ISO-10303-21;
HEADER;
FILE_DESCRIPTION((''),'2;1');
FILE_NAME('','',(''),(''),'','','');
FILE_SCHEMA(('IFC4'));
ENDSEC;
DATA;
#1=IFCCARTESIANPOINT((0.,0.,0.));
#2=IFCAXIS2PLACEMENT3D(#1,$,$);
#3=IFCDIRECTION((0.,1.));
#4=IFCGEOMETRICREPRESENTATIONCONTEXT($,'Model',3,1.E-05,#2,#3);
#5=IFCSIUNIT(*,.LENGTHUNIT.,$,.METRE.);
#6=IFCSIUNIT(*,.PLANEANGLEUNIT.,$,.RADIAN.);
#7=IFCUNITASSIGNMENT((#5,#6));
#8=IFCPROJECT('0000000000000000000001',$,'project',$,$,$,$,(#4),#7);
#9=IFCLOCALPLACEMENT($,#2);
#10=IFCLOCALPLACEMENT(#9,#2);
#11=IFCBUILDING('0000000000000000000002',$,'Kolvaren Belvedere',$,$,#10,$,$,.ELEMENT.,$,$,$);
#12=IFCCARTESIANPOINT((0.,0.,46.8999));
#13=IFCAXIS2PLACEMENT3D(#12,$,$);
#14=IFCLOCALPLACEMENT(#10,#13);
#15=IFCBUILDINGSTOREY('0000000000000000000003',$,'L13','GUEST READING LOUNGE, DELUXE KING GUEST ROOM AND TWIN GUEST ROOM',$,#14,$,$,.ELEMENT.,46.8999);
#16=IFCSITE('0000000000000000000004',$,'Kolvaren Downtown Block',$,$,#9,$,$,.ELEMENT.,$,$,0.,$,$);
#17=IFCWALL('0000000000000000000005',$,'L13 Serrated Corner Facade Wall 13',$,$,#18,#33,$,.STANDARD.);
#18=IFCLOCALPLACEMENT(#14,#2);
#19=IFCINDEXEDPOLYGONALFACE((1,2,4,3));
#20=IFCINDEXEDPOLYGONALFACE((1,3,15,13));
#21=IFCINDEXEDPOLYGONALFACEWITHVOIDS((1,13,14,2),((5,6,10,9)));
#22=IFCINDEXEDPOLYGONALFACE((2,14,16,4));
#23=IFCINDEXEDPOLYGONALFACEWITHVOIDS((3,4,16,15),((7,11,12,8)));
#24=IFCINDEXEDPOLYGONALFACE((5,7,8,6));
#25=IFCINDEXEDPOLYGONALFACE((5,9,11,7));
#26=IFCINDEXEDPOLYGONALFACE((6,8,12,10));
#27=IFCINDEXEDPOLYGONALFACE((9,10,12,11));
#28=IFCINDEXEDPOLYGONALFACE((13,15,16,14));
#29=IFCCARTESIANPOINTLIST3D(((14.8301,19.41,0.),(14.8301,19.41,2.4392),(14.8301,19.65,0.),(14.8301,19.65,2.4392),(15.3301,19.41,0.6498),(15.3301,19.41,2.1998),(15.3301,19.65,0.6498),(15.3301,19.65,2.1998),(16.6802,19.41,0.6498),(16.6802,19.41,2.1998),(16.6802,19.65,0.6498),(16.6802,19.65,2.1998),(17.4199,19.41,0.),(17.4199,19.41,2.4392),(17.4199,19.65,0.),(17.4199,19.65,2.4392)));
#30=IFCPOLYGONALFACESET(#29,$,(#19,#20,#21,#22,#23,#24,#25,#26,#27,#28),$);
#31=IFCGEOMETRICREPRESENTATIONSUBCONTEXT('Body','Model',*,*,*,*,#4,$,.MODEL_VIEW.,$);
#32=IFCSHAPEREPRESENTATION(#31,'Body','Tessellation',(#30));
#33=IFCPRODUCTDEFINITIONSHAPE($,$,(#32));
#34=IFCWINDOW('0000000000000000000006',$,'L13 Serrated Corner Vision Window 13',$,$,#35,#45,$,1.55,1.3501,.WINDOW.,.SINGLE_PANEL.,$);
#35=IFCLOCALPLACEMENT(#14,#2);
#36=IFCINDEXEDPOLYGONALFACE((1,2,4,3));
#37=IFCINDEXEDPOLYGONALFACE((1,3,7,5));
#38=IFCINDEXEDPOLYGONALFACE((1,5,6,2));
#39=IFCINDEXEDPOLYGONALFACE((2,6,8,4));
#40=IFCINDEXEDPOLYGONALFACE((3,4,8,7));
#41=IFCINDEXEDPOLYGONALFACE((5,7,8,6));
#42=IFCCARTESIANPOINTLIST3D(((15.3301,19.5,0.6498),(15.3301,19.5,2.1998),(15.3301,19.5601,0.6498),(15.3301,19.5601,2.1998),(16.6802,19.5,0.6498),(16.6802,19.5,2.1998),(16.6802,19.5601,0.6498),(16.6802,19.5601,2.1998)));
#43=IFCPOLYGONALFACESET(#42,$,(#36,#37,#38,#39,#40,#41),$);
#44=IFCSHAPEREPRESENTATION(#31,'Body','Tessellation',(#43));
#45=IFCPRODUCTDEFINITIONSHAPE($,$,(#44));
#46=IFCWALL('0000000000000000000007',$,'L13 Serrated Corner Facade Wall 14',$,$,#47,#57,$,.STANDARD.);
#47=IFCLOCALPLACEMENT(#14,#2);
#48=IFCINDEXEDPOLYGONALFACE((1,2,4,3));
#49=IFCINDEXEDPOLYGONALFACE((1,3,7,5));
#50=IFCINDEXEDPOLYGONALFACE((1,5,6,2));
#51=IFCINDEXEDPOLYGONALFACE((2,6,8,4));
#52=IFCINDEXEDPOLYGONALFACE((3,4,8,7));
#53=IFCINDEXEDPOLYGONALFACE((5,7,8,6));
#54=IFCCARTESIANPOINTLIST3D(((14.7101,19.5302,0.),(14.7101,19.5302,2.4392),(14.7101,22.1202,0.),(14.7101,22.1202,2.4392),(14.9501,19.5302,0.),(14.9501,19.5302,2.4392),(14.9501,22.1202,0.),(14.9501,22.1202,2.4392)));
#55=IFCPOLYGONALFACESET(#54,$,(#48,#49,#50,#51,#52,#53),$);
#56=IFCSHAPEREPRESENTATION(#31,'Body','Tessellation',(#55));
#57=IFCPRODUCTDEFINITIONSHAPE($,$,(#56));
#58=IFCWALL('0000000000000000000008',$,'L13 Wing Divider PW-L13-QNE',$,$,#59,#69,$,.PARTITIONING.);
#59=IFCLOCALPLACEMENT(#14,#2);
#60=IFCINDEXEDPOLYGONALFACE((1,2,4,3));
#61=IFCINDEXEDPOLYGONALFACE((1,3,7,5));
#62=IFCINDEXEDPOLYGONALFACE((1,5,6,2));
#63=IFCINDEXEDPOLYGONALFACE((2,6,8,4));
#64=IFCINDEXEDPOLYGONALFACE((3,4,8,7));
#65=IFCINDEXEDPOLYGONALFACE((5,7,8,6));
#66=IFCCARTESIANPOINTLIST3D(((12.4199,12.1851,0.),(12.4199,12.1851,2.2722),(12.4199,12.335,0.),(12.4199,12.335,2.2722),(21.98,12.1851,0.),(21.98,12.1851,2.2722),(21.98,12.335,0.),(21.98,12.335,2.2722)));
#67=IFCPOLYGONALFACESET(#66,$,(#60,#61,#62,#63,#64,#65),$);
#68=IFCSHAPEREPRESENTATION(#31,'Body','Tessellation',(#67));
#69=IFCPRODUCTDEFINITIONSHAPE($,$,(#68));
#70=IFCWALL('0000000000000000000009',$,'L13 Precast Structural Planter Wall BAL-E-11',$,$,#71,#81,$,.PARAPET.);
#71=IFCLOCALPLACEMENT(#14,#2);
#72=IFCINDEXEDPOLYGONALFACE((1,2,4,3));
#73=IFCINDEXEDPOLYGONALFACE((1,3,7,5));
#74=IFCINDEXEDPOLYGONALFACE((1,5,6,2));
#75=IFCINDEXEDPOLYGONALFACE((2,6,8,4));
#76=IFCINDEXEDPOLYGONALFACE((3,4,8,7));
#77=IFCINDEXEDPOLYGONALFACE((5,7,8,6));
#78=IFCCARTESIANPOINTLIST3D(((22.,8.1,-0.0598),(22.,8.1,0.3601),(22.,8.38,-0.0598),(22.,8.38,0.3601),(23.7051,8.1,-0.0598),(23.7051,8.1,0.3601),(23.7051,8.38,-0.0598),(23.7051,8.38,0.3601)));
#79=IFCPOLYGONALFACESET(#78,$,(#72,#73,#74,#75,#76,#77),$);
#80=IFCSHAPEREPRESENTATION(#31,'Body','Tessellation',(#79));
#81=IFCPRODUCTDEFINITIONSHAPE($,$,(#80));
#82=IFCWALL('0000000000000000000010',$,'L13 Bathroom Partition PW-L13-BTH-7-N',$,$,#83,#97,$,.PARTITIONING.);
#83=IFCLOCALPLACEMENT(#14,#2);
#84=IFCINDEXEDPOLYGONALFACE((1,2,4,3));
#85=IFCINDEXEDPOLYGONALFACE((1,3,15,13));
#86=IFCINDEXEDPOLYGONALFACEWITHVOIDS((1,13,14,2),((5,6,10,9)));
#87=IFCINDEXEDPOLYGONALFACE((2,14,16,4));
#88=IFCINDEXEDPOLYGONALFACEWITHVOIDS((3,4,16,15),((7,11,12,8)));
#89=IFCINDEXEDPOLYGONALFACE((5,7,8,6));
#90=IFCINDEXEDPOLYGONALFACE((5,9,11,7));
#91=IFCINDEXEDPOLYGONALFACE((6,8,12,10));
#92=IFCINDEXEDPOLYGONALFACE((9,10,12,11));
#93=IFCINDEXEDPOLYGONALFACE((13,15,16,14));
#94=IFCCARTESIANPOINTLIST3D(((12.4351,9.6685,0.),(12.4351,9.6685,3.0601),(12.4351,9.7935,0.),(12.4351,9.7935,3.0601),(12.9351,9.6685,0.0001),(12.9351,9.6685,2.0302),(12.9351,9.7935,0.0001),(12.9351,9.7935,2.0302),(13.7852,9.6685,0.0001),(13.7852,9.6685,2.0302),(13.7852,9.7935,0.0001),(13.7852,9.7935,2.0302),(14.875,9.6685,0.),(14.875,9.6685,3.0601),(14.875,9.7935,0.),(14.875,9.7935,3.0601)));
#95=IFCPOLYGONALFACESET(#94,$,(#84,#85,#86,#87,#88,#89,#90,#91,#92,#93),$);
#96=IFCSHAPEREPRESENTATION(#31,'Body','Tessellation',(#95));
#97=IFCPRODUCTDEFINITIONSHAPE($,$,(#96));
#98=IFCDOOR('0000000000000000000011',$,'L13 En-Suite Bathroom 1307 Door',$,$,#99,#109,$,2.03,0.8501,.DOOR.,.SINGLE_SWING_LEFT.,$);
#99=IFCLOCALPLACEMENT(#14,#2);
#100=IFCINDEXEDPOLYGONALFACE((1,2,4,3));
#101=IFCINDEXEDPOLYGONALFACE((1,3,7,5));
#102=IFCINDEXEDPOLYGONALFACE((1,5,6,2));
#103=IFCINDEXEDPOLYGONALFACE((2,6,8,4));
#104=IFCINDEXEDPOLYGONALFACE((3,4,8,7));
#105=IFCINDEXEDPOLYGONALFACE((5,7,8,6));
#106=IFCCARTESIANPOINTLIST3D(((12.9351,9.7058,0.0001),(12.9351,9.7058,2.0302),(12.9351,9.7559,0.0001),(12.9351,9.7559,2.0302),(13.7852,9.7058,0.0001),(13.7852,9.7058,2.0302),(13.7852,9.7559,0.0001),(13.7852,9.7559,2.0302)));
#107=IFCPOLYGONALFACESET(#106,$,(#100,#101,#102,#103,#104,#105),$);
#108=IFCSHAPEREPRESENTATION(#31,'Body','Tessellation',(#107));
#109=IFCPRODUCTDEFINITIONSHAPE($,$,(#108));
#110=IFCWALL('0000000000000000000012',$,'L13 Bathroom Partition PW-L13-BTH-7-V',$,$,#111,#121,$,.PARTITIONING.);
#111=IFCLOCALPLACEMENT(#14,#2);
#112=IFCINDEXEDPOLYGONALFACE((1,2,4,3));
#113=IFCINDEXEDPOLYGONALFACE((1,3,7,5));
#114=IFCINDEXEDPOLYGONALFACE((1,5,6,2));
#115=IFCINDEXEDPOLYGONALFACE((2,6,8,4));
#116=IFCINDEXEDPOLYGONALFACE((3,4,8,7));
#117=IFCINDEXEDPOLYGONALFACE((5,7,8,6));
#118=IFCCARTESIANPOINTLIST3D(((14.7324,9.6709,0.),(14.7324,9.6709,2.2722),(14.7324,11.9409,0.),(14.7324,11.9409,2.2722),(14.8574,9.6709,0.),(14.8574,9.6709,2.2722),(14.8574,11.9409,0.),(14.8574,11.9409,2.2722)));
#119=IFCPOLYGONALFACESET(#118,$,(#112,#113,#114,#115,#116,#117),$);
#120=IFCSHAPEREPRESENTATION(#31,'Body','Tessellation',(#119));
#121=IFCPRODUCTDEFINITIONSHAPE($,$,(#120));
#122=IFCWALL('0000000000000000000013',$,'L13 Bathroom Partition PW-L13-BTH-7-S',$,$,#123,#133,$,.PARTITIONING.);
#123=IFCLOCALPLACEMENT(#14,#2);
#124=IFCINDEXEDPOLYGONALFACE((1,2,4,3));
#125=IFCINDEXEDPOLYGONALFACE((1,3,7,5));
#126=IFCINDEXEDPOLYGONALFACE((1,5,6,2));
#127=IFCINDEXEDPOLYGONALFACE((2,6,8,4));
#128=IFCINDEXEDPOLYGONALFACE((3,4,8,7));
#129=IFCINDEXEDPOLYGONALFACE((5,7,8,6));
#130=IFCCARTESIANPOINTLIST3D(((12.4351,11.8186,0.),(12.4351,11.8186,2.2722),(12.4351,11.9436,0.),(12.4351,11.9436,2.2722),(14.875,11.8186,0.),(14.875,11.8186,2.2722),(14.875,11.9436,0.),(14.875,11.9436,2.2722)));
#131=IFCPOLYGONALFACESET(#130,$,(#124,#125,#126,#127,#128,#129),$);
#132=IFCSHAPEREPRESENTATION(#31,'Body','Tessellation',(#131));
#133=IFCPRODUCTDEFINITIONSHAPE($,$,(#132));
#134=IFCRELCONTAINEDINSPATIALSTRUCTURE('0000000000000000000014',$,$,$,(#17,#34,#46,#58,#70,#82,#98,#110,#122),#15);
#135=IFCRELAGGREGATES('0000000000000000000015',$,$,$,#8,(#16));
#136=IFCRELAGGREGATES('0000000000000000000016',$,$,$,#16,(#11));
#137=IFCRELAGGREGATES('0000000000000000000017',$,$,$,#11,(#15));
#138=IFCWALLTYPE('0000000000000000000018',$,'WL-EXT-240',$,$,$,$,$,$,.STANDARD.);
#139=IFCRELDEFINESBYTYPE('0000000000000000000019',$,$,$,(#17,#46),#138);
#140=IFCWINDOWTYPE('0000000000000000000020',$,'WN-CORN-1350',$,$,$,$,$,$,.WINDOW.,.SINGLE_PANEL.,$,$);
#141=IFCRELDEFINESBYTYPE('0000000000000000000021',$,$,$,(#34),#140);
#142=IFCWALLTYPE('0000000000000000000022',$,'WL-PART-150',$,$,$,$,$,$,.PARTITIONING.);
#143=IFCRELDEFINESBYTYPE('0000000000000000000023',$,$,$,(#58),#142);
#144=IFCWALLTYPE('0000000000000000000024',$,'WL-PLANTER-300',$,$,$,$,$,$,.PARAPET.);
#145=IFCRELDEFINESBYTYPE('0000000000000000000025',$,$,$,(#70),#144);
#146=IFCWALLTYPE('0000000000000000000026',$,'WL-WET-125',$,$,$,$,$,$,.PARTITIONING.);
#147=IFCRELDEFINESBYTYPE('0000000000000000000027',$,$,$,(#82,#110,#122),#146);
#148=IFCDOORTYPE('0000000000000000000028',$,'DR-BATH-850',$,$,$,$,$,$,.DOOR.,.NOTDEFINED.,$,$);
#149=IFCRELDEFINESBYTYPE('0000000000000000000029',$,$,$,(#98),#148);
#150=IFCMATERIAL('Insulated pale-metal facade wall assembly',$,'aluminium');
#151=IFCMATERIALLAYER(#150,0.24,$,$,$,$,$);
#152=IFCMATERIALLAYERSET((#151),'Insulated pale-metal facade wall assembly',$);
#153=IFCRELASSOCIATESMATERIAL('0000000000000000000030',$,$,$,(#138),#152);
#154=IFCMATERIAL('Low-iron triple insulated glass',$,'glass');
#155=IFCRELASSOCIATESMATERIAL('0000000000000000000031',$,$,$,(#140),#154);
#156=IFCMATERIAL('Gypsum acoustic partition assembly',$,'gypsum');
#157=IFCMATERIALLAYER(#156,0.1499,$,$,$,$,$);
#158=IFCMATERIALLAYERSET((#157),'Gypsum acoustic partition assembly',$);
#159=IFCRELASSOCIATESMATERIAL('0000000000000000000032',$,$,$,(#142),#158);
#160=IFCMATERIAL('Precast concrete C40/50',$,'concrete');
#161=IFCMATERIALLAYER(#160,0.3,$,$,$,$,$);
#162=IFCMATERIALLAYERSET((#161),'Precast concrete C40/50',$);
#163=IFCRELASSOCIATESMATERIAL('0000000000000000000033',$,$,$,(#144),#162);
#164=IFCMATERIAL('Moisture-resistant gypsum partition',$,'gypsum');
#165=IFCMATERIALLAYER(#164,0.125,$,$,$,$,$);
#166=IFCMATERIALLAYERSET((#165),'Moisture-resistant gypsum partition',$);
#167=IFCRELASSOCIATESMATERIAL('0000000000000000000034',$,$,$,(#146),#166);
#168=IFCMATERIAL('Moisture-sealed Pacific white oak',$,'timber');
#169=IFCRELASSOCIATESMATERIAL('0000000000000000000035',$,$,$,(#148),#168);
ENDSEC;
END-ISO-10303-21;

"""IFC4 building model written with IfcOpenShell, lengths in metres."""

from ifc_helpers import new_model, si_unit, direction, frame, frame_2d, origin, place, context, subcontext, project, spatial, rectangle, extrude, material, layer, layer_set, type_object, element, fill, save


model = new_model("IFC4")

# Units and contexts
model_context = context("Model", 3, precision=1e-05, world=origin(), true_north=direction((0.0, 1.0)))
body_context = subcontext(model_context, "Body", "Model", "MODEL_VIEW")
ifc_project = project(units=[si_unit("LENGTHUNIT", "METRE"), si_unit("PLANEANGLEUNIT", "RADIAN")], contexts=[model_context])

# Site, building, storey
site_placement = place(None, origin())
site = spatial("IfcSite", under=ifc_project, at=site_placement, Name="Kolvaren Downtown Block", CompositionType="ELEMENT", RefElevation=0.0)
building_placement = place(site_placement, origin())
building = spatial("IfcBuilding", under=site, at=building_placement, Name="Kolvaren Belvedere", CompositionType="ELEMENT")
storey_placement = place(building_placement, frame((0.0, 0.0, 46.8999)))
storey = spatial("IfcBuildingStorey", under=building, at=storey_placement, Name="L13", Description="GUEST READING LOUNGE, DELUXE KING GUEST ROOM AND TWIN GUEST ROOM", CompositionType="ELEMENT", Elevation=46.8999)

# Shared definitions
ifc_material_1 = material(Name="Insulated pale-metal facade wall assembly", Category="aluminium")
ifc_layer_1 = layer(ifc_material_1, 0.24)
ifc_layer_set_1 = layer_set([ifc_layer_1], Name="Insulated pale-metal facade wall assembly")
wall_type_1 = type_object("IfcWallType", Name="WL-EXT-240", PredefinedType="STANDARD", material=ifc_layer_set_1)

# Wall, opening, window
ifc_material_2 = material(Name="Low-iron triple insulated glass", Category="glass")
window_type = type_object("IfcWindowType", Name="WN-CORN-1350", PartitioningType="SINGLE_PANEL", PredefinedType="WINDOW", material=ifc_material_2)
wall_1_placement = place(storey_placement, frame((14.8301, 19.53, 0.0), z_axis=(0.0, 0.0, 1.0), x_axis=(1.0, 0.0, 0.0)))
wall_1 = element("IfcWall", 1, at=wall_1_placement, inside=storey, type_object=wall_type_1, Name="L13 Serrated Corner Facade Wall 13", PredefinedType="STANDARD", context=body_context, shape_type="SweptSolid", body=[
    extrude(rectangle(XDim=2.5898, YDim=0.24, at=frame_2d((1.2949, 0.0))), origin(), (0.0, 0.0, 1.0), 2.4392),
])
opening_1_placement = place(wall_1_placement, frame((0.5, 0.0, 0.6499)))
opening_1 = element("IfcOpeningElement", 2, at=opening_1_placement, cuts=wall_1, PredefinedType="OPENING", context=body_context, shape_type="SweptSolid", body=[
    extrude(rectangle(XDim=1.3501, YDim=1.55, at=frame_2d((0.675, 0.7749))), frame((0.0, 0.1299, 0.0), z_axis=(0.0, -1.0, 0.0), x_axis=(1.0, 0.0, 0.0)), (0.0, 0.0, 1.0), 0.26),
])
window_1_placement = place(opening_1_placement, origin())
window_1 = element("IfcWindow", 3, at=window_1_placement, inside=storey, type_object=window_type, Name="L13 Serrated Corner Vision Window 13", OverallHeight=1.55, OverallWidth=1.3501, PartitioningType="SINGLE_PANEL", PredefinedType="WINDOW", context=body_context, shape_type="SweptSolid", body=[
    extrude(rectangle(XDim=1.3501, YDim=1.55, at=frame_2d((0.675, 0.7749))), frame((0.0, 0.03, 0.0), z_axis=(0.0, -1.0, 0.0), x_axis=(1.0, 0.0, 0.0)), (0.0, 0.0, 1.0), 0.0601),
])
fill(opening_1, window_1)

# Walls
wall_2_placement = place(storey_placement, frame((14.8301, 22.1201, 0.0), z_axis=(0.0, 0.0, 1.0), x_axis=(0.0, -1.0, 0.0)))
element("IfcWall", 4, at=wall_2_placement, inside=storey, type_object=wall_type_1, Name="L13 Serrated Corner Facade Wall 14", PredefinedType="STANDARD", context=body_context, shape_type="SweptSolid", body=[
    extrude(rectangle(XDim=2.5901, YDim=0.24, at=frame_2d((1.2949, 0.0))), origin(), (0.0, 0.0, 1.0), 2.4392),
])
ifc_material_3 = material(Name="Gypsum acoustic partition assembly", Category="gypsum")
ifc_layer_2 = layer(ifc_material_3, 0.1499)
ifc_layer_set_2 = layer_set([ifc_layer_2], Name="Gypsum acoustic partition assembly")
wall_type_2 = type_object("IfcWallType", Name="WL-PART-150", PredefinedType="PARTITIONING", material=ifc_layer_set_2)
wall_3_placement = place(storey_placement, frame((12.4199, 12.26, 0.0), z_axis=(0.0, 0.0, 1.0), x_axis=(1.0, 0.0, 0.0)))
element("IfcWall", 5, at=wall_3_placement, inside=storey, type_object=wall_type_2, Name="L13 Wing Divider PW-L13-QNE", PredefinedType="PARTITIONING", context=body_context, shape_type="SweptSolid", body=[
    extrude(rectangle(XDim=9.5601, YDim=0.1499, at=frame_2d((4.78, 0.0))), origin(), (0.0, 0.0, 1.0), 2.2722),
])
ifc_material_4 = material(Name="Precast concrete C40/50", Category="concrete")
ifc_layer_3 = layer(ifc_material_4, 0.3)
ifc_layer_set_3 = layer_set([ifc_layer_3], Name="Precast concrete C40/50")
wall_type_3 = type_object("IfcWallType", Name="WL-PLANTER-300", PredefinedType="PARAPET", material=ifc_layer_set_3)
wall_4_placement = place(storey_placement, frame((23.7051, 8.24, -0.0598), z_axis=(0.0, 0.0, 1.0), x_axis=(-1.0, 0.0, 0.0)))
element("IfcWall", 6, at=wall_4_placement, inside=storey, type_object=wall_type_3, Name="L13 Precast Structural Planter Wall BAL-E-11", PredefinedType="PARAPET", context=body_context, shape_type="SweptSolid", body=[
    extrude(rectangle(XDim=1.7051, YDim=0.28, at=frame_2d((0.8525, 0.0))), origin(), (0.0, 0.0, 1.0), 0.4199),
])

# Wall, opening, door
ifc_material_5 = material(Name="Moisture-resistant gypsum partition", Category="gypsum")
ifc_layer_4 = layer(ifc_material_5, 0.125)
ifc_layer_set_4 = layer_set([ifc_layer_4], Name="Moisture-resistant gypsum partition")
wall_type_4 = type_object("IfcWallType", Name="WL-WET-125", PredefinedType="PARTITIONING", material=ifc_layer_set_4)
wall_5_placement = place(storey_placement, frame((12.4351, 9.731, 0.0), z_axis=(0.0, 0.0, 1.0), x_axis=(1.0, 0.0, 0.0)))
wall_5 = element("IfcWall", 7, at=wall_5_placement, inside=storey, type_object=wall_type_4, Name="L13 Bathroom Partition PW-L13-BTH-7-N", PredefinedType="PARTITIONING", context=body_context, shape_type="SweptSolid", body=[
    extrude(rectangle(XDim=2.4399, YDim=0.125, at=frame_2d((1.22, 0.0))), origin(), (0.0, 0.0, 1.0), 3.0601),
])
opening_2_placement = place(wall_5_placement, frame((0.5, 0.0, 0.0)))
opening_2 = element("IfcOpeningElement", 8, at=opening_2_placement, cuts=wall_5, PredefinedType="OPENING", context=body_context, shape_type="SweptSolid", body=[
    extrude(rectangle(XDim=0.8501, YDim=2.03, at=frame_2d((0.425, 1.0151))), frame((0.0, 0.0725, 0.0), z_axis=(0.0, -1.0, 0.0), x_axis=(1.0, 0.0, 0.0)), (0.0, 0.0, 1.0), 0.145),
])
ifc_material_6 = material(Name="Moisture-sealed Pacific white oak", Category="timber")
door_type = type_object("IfcDoorType", Name="DR-BATH-850", OperationType="NOTDEFINED", PredefinedType="DOOR", material=ifc_material_6)
door_placement = place(opening_2_placement, origin())
door = element("IfcDoor", 9, at=door_placement, inside=storey, type_object=door_type, Name="L13 En-Suite Bathroom 1307 Door", OperationType="SINGLE_SWING_LEFT", OverallHeight=2.03, OverallWidth=0.8501, PredefinedType="DOOR", context=body_context, shape_type="SweptSolid", body=[
    extrude(rectangle(XDim=0.8501, YDim=2.03, at=frame_2d((0.425, 1.0151))), frame((0.0, 0.0249, 0.0), z_axis=(0.0, -1.0, 0.0), x_axis=(1.0, 0.0, 0.0)), (0.0, 0.0, 1.0), 0.05),
])
fill(opening_2, door)

# Walls
wall_6_placement = place(storey_placement, frame((14.7949, 9.6709, 0.0), z_axis=(0.0, 0.0, 1.0), x_axis=(0.0, 1.0, 0.0)))
element("IfcWall", 10, at=wall_6_placement, inside=storey, type_object=wall_type_4, Name="L13 Bathroom Partition PW-L13-BTH-7-V", PredefinedType="PARTITIONING", context=body_context, shape_type="SweptSolid", body=[
    extrude(rectangle(XDim=2.27, YDim=0.125, at=frame_2d((1.135, 0.0))), origin(), (0.0, 0.0, 1.0), 2.2722),
])
wall_7_placement = place(storey_placement, frame((12.4351, 11.8811, 0.0), z_axis=(0.0, 0.0, 1.0), x_axis=(1.0, 0.0, 0.0)))
element("IfcWall", 11, at=wall_7_placement, inside=storey, type_object=wall_type_4, Name="L13 Bathroom Partition PW-L13-BTH-7-S", PredefinedType="PARTITIONING", context=body_context, shape_type="SweptSolid", body=[
    extrude(rectangle(XDim=2.4399, YDim=0.125, at=frame_2d((1.22, 0.0))), origin(), (0.0, 0.0, 1.0), 2.2722),
])

save(model, "model.ifc")
